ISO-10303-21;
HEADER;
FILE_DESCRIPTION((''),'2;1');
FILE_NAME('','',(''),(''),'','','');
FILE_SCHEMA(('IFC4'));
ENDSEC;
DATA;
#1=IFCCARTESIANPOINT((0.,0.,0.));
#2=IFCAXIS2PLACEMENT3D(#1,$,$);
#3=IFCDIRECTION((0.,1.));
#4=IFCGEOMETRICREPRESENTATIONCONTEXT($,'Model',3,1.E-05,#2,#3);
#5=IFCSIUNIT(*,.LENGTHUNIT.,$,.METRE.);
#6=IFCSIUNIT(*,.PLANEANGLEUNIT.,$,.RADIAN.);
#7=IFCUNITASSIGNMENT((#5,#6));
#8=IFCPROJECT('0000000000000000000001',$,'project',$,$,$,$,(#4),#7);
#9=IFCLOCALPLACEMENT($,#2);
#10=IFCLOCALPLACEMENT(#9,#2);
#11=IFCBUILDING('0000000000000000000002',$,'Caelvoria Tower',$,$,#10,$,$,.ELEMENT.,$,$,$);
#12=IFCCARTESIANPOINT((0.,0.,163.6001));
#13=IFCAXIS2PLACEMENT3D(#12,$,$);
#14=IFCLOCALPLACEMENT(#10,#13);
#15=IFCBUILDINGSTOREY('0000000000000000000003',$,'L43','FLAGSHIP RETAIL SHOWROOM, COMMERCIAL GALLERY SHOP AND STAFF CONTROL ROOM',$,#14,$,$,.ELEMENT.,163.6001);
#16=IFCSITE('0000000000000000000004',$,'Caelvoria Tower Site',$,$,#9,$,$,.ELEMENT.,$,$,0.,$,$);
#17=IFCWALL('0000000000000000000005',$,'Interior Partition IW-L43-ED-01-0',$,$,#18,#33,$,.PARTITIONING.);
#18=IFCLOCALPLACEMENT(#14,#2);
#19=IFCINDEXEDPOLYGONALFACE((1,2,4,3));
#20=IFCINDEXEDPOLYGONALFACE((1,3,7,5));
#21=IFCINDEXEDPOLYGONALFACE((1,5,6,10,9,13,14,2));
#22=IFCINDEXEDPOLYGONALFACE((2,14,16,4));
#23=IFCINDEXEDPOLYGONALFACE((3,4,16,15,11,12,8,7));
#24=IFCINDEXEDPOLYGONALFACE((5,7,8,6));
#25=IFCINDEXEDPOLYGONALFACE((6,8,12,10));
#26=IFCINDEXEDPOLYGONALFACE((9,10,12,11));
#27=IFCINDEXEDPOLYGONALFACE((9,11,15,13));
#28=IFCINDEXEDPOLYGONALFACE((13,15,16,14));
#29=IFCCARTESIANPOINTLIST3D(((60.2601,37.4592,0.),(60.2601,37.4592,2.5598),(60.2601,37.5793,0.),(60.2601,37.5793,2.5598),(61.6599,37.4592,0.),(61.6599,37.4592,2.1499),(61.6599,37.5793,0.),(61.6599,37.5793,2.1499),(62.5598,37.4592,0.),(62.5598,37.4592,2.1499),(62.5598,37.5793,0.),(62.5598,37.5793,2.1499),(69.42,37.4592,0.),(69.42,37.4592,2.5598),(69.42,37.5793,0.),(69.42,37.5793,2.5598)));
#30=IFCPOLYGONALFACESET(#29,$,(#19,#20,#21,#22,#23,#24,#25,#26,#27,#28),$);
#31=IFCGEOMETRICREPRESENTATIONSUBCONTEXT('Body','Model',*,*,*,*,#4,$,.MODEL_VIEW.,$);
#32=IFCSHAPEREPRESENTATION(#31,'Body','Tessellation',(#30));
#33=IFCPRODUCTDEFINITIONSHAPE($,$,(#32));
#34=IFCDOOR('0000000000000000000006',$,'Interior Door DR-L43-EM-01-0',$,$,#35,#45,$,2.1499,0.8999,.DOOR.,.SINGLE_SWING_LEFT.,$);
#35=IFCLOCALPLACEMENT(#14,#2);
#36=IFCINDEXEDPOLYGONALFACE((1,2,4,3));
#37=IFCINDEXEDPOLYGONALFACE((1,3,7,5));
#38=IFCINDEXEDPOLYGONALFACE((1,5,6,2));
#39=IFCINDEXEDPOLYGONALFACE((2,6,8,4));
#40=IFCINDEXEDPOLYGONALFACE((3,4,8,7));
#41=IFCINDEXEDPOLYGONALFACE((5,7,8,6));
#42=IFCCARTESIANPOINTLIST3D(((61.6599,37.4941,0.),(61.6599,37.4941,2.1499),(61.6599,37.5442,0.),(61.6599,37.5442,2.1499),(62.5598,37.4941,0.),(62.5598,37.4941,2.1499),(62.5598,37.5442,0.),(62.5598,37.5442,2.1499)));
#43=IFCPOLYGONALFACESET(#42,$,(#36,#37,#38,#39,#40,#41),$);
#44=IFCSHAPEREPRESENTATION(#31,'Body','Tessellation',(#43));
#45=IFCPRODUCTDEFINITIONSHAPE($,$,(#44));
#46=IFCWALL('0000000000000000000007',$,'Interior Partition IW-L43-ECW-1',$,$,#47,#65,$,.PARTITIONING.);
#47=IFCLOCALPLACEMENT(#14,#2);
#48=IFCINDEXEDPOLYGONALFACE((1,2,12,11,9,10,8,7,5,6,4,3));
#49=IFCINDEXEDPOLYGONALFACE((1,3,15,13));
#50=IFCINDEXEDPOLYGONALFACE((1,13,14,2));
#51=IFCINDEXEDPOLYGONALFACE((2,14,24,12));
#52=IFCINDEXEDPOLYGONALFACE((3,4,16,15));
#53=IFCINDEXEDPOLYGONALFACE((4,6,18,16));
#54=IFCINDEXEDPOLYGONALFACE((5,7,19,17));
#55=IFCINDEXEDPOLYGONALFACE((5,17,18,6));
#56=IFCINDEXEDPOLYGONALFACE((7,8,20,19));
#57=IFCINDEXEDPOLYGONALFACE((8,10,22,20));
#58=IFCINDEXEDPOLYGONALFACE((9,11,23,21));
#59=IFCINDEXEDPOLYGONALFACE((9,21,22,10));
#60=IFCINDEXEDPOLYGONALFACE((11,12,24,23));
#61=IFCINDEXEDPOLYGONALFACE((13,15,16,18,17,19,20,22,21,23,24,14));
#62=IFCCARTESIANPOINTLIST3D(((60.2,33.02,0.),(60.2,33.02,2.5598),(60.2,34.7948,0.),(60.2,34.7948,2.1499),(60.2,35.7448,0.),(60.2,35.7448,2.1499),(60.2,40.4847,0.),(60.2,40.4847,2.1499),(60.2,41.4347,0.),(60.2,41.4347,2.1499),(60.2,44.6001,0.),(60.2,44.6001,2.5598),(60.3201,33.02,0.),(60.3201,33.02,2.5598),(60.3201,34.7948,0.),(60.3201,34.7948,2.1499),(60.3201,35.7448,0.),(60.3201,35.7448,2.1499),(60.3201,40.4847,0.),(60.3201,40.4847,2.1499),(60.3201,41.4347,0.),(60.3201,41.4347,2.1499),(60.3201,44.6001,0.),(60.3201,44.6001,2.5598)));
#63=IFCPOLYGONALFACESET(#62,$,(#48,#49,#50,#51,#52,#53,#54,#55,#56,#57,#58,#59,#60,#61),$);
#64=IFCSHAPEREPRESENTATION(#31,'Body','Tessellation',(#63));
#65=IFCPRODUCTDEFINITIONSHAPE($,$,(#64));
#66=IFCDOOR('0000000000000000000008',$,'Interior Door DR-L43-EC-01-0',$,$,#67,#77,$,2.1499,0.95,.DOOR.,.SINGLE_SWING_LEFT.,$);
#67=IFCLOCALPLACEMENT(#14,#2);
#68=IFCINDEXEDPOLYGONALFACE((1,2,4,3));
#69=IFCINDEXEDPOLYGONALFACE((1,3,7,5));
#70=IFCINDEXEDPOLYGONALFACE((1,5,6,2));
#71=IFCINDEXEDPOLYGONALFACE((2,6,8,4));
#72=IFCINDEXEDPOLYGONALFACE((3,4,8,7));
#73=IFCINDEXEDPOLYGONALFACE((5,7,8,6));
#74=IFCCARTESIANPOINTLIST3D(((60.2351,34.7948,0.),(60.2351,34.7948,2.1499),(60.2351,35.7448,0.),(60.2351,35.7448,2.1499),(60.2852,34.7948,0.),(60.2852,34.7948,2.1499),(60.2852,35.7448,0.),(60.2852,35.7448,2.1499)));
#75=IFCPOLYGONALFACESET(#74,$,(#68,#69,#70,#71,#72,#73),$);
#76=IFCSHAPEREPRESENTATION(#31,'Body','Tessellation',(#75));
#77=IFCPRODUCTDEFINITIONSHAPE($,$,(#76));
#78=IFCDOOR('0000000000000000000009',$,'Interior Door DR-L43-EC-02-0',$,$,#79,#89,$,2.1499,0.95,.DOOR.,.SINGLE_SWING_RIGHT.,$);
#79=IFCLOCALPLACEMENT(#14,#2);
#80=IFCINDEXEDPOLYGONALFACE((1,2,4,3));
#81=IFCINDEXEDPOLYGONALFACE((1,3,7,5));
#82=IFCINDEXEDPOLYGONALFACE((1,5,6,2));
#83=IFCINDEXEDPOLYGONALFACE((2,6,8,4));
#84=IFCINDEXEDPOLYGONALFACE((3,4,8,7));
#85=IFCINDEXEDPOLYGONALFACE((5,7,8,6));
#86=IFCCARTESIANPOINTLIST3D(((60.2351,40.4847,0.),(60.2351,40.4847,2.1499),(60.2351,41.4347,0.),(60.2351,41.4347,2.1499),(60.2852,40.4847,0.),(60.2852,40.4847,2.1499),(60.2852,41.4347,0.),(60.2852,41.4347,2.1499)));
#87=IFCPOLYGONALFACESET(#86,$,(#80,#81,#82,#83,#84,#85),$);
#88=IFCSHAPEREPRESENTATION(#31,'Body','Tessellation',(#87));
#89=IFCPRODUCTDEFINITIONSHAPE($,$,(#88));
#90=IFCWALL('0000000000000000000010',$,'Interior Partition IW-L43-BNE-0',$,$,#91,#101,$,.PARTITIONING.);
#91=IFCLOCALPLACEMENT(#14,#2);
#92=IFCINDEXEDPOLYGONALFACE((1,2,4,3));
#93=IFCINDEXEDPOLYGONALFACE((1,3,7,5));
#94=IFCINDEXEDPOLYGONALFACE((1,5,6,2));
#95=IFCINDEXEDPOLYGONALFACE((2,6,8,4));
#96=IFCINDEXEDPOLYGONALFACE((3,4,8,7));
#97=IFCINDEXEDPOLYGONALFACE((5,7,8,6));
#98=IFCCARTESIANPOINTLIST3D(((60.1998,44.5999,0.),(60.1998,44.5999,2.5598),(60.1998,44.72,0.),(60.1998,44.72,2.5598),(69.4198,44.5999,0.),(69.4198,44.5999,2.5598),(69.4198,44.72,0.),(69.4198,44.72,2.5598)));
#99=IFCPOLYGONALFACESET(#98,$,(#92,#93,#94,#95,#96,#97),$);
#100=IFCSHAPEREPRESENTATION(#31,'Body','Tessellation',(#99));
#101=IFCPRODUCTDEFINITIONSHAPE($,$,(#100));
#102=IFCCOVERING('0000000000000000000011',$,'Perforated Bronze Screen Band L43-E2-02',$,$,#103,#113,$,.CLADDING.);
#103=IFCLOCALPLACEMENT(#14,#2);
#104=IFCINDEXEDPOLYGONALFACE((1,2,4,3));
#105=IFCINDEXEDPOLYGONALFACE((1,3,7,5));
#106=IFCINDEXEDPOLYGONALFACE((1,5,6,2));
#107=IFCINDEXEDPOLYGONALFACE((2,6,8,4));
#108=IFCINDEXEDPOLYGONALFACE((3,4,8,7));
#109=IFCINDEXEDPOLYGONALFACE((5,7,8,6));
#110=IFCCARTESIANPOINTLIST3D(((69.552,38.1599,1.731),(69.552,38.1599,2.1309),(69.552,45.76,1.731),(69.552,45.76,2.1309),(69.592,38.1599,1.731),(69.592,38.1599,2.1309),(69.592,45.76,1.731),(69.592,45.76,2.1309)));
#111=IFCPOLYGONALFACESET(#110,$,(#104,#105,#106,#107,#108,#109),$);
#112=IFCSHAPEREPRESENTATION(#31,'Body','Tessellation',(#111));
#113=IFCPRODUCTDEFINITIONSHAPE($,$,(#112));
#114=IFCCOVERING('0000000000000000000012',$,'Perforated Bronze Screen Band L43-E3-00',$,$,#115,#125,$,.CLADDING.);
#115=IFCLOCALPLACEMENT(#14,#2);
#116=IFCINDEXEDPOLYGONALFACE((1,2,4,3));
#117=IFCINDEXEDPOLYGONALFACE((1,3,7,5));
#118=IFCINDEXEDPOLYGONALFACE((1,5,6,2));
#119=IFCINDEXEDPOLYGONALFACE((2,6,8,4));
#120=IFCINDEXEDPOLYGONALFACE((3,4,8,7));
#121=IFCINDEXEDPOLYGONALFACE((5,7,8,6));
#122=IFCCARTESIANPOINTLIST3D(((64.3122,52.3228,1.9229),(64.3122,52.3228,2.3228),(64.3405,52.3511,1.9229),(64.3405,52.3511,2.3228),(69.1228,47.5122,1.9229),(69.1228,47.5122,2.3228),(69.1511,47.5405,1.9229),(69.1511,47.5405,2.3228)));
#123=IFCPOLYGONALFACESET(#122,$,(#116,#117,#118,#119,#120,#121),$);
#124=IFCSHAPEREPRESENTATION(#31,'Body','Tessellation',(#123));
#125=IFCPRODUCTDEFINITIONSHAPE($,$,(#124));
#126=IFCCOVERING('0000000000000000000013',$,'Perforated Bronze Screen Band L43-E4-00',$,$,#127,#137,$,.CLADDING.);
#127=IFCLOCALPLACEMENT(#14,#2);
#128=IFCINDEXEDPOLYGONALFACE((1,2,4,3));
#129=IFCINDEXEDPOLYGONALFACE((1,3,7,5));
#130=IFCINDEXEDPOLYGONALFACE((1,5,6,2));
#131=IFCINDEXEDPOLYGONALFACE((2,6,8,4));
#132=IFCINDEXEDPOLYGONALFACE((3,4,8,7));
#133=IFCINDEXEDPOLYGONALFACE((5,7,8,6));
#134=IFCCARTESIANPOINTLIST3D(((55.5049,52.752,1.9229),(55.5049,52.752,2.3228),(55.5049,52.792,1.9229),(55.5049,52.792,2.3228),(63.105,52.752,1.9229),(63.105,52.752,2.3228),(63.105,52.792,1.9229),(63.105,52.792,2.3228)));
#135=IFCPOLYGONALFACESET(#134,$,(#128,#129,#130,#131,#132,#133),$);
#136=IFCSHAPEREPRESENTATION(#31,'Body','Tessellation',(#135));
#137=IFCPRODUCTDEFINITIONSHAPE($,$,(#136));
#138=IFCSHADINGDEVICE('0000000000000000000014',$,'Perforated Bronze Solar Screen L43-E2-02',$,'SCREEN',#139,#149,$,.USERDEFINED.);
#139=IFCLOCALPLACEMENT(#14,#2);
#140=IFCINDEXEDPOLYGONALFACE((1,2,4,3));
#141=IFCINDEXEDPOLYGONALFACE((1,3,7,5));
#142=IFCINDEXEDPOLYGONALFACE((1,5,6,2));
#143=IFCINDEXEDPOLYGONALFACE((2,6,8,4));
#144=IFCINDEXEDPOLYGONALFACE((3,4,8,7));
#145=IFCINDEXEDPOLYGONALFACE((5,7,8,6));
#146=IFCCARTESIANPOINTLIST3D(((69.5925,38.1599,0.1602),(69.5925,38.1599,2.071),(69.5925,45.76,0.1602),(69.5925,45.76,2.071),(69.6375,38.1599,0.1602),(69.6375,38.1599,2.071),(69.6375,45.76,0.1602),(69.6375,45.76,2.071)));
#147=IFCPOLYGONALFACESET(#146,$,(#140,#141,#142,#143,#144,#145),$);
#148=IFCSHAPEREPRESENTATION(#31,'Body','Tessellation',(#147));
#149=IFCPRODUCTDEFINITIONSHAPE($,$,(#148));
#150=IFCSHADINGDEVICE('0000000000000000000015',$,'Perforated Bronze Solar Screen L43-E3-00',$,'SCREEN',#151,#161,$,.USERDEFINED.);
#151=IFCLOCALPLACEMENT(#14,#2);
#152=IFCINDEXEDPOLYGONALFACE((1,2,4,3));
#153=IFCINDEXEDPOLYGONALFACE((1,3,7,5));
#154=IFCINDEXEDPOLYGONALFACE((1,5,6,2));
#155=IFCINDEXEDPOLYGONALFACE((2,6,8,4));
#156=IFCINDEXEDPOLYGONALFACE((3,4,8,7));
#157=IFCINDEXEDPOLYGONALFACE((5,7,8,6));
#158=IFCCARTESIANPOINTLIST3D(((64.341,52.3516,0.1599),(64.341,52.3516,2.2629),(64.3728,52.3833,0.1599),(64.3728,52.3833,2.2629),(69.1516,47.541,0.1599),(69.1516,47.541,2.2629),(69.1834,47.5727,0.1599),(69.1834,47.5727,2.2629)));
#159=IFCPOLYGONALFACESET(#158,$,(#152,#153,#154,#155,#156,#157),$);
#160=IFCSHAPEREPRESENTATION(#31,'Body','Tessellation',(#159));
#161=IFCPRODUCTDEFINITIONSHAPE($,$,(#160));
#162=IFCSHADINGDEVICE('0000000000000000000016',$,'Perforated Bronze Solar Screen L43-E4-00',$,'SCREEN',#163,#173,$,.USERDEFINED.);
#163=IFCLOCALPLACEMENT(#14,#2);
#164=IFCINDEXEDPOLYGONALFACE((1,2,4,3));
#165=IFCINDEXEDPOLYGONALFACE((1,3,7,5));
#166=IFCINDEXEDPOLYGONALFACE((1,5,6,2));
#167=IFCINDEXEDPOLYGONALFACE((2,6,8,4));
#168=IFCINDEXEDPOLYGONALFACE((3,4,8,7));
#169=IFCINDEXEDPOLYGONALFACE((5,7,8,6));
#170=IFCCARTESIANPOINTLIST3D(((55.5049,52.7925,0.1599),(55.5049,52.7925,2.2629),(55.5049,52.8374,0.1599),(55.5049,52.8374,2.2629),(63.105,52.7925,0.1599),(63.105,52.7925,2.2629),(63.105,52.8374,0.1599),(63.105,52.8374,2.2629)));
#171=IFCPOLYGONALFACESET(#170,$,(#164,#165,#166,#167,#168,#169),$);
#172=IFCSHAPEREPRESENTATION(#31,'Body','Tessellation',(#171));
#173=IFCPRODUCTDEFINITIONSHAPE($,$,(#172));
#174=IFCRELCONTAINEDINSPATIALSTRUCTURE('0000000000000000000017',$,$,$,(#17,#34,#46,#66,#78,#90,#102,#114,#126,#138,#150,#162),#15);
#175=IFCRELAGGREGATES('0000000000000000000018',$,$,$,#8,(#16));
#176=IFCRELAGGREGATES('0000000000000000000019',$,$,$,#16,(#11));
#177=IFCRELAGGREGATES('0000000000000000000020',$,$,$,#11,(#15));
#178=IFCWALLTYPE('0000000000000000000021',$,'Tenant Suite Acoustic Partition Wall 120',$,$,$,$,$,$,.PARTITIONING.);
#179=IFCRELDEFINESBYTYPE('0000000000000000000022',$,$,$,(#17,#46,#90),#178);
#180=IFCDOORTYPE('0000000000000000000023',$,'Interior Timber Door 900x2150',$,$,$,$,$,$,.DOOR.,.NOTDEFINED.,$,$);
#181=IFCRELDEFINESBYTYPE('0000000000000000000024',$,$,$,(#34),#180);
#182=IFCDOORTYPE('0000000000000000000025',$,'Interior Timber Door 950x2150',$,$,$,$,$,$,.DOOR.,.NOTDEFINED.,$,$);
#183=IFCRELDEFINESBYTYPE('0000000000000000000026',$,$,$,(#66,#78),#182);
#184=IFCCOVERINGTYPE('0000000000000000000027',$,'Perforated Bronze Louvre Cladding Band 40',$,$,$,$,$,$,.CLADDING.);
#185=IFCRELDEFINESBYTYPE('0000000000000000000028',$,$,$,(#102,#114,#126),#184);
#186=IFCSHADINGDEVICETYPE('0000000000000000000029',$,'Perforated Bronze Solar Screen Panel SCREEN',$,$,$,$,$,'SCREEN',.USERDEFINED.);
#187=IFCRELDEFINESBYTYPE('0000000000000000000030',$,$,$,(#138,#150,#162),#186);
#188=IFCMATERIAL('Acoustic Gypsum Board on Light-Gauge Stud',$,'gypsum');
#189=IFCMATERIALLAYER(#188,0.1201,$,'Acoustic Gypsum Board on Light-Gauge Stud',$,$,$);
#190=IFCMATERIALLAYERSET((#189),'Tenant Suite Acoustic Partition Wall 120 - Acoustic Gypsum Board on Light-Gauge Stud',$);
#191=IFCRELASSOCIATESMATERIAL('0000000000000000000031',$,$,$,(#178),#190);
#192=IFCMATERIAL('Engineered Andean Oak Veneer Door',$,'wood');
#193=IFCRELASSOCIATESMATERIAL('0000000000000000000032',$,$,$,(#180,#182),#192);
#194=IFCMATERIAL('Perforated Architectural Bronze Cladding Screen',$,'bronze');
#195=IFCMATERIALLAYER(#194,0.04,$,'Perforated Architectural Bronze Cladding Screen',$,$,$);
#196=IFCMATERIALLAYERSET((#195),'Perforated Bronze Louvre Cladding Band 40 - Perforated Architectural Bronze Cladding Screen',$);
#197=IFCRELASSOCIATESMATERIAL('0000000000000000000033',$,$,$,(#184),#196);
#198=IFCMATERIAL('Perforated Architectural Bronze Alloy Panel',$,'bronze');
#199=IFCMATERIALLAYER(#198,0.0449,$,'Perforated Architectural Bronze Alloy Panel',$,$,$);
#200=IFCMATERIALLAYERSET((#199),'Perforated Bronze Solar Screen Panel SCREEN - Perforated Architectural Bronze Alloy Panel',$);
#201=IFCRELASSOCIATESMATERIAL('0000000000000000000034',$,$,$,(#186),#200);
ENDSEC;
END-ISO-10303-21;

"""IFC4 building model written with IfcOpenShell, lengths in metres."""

from ifc_helpers import new_model, si_unit, direction, frame, frame_2d, origin, origin_2d, place, context, subcontext, project, spatial, rectangle, extrude, material, layer, layer_set, type_object, element, fill, save


model = new_model("IFC4")

# Units and contexts
model_context = context("Model", 3, precision=1e-05, world=origin(), true_north=direction((0.0, 1.0)))
body_context = subcontext(model_context, "Body", "Model", "MODEL_VIEW")
ifc_project = project(units=[si_unit("LENGTHUNIT", "METRE"), si_unit("PLANEANGLEUNIT", "RADIAN")], contexts=[model_context])

# Site, building, storey
site_placement = place(None, origin())
site = spatial("IfcSite", under=ifc_project, at=site_placement, Name="Caelvoria Tower Site", CompositionType="ELEMENT", RefElevation=0.0)
building_placement = place(site_placement, origin())
building = spatial("IfcBuilding", under=site, at=building_placement, Name="Caelvoria Tower", CompositionType="ELEMENT")
storey_placement = place(building_placement, frame((0.0, 0.0, 163.6001)))
storey = spatial("IfcBuildingStorey", under=building, at=storey_placement, Name="L43", Description="FLAGSHIP RETAIL SHOWROOM, COMMERCIAL GALLERY SHOP AND STAFF CONTROL ROOM", CompositionType="ELEMENT", Elevation=163.6001)

# Wall, opening, door
ifc_material_1 = material(Name="Acoustic Gypsum Board on Light-Gauge Stud", Category="gypsum")
ifc_layer_1 = layer(ifc_material_1, 0.1201, Name="Acoustic Gypsum Board on Light-Gauge Stud")
ifc_layer_set_1 = layer_set([ifc_layer_1], Name="Tenant Suite Acoustic Partition Wall 120 - Acoustic Gypsum Board on Light-Gauge Stud")
wall_type_1 = type_object("IfcWallType", Name="Tenant Suite Acoustic Partition Wall 120", PredefinedType="PARTITIONING", material=ifc_layer_set_1)
wall_1_placement = place(storey_placement, frame((60.26, 37.5193, 0.0), z_axis=(0.0, 0.0, 1.0), x_axis=(1.0, 0.0, 0.0)))
wall_1 = element("IfcWall", 1, at=wall_1_placement, inside=storey, type_object=wall_type_1, Name="Interior Partition IW-L43-ED-01-0", PredefinedType="PARTITIONING", context=body_context, shape_type="SweptSolid", body=[
    extrude(rectangle(XDim=9.1599, YDim=0.1201, at=frame_2d((4.5801, 0.0))), origin(), (0.0, 0.0, 1.0), 2.5598),
])
opening_1_placement = place(wall_1_placement, frame((1.3999, 0.0, 0.0)))
opening_1 = element("IfcOpeningElement", 2, at=opening_1_placement, cuts=wall_1, PredefinedType="OPENING", context=body_context, shape_type="SweptSolid", body=[
    extrude(rectangle(XDim=0.8999, YDim=2.1499, at=frame_2d((0.45, 1.075))), frame((0.0, 0.0701, 0.0), z_axis=(0.0, -1.0, 0.0), x_axis=(1.0, 0.0, 0.0)), (0.0, 0.0, 1.0), 0.1401),
])
ifc_material_2 = material(Name="Engineered Andean Oak Veneer Door", Category="wood")
door_type_1 = type_object("IfcDoorType", Name="Interior Timber Door 900x2150", OperationType="NOTDEFINED", PredefinedType="DOOR", material=ifc_material_2)
door_1_placement = place(opening_1_placement, origin())
door_1 = element("IfcDoor", 3, at=door_1_placement, inside=storey, type_object=door_type_1, Name="Interior Door DR-L43-EM-01-0", OperationType="SINGLE_SWING_LEFT", OverallHeight=2.1499, OverallWidth=0.8999, PredefinedType="DOOR", context=body_context, shape_type="SweptSolid", body=[
    extrude(rectangle(XDim=0.8999, YDim=2.1499, at=frame_2d((0.45, 1.075))), frame((0.0, 0.0249, 0.0), z_axis=(0.0, -1.0, 0.0), x_axis=(1.0, 0.0, 0.0)), (0.0, 0.0, 1.0), 0.05),
])
fill(opening_1, door_1)

# Wall, openings, doors
wall_2_placement = place(storey_placement, frame((60.26, 33.02, 0.0), z_axis=(0.0, 0.0, 1.0), x_axis=(0.0, 1.0, 0.0)))
wall_2 = element("IfcWall", 4, at=wall_2_placement, inside=storey, type_object=wall_type_1, Name="Interior Partition IW-L43-ECW-1", PredefinedType="PARTITIONING", context=body_context, shape_type="SweptSolid", body=[
    extrude(rectangle(XDim=11.5801, YDim=0.1201, at=frame_2d((5.79, 0.0))), origin(), (0.0, 0.0, 1.0), 2.5598),
])
opening_2_placement = place(wall_2_placement, frame((1.7747, 0.0, 0.0)))
opening_2 = element("IfcOpeningElement", 5, at=opening_2_placement, cuts=wall_2, PredefinedType="OPENING", context=body_context, shape_type="SweptSolid", body=[
    extrude(rectangle(XDim=0.95, YDim=2.1499, at=frame_2d((0.4751, 1.075))), frame((0.0, 0.0701, 0.0), z_axis=(0.0, -1.0, 0.0), x_axis=(1.0, 0.0, 0.0)), (0.0, 0.0, 1.0), 0.1401),
])
opening_3_placement = place(wall_2_placement, frame((7.4646, 0.0, 0.0)))
opening_3 = element("IfcOpeningElement", 6, at=opening_3_placement, cuts=wall_2, PredefinedType="OPENING", context=body_context, shape_type="SweptSolid", body=[
    extrude(rectangle(XDim=0.95, YDim=2.1499, at=frame_2d((0.4751, 1.075))), frame((0.0, 0.0701, 0.0), z_axis=(0.0, -1.0, 0.0), x_axis=(1.0, 0.0, 0.0)), (0.0, 0.0, 1.0), 0.1401),
])
door_type_2 = type_object("IfcDoorType", Name="Interior Timber Door 950x2150", OperationType="NOTDEFINED", PredefinedType="DOOR", material=ifc_material_2)
door_2_placement = place(opening_2_placement, origin())
door_2 = element("IfcDoor", 7, at=door_2_placement, inside=storey, type_object=door_type_2, Name="Interior Door DR-L43-EC-01-0", OperationType="SINGLE_SWING_LEFT", OverallHeight=2.1499, OverallWidth=0.95, PredefinedType="DOOR", context=body_context, shape_type="SweptSolid", body=[
    extrude(rectangle(XDim=0.95, YDim=2.1499, at=frame_2d((0.4751, 1.075))), frame((0.0, 0.0249, 0.0), z_axis=(0.0, -1.0, 0.0), x_axis=(1.0, 0.0, 0.0)), (0.0, 0.0, 1.0), 0.05),
])
fill(opening_2, door_2)
door_3_placement = place(opening_3_placement, origin())
door_3 = element("IfcDoor", 8, at=door_3_placement, inside=storey, type_object=door_type_2, Name="Interior Door DR-L43-EC-02-0", OperationType="SINGLE_SWING_RIGHT", OverallHeight=2.1499, OverallWidth=0.95, PredefinedType="DOOR", context=body_context, shape_type="SweptSolid", body=[
    extrude(rectangle(XDim=0.95, YDim=2.1499, at=frame_2d((0.4751, 1.075))), frame((0.0, 0.0249, 0.0), z_axis=(0.0, -1.0, 0.0), x_axis=(1.0, 0.0, 0.0)), (0.0, 0.0, 1.0), 0.05),
])
fill(opening_3, door_3)

# Wall
wall_3_placement = place(storey_placement, frame((60.2, 44.6599, 0.0), z_axis=(0.0, 0.0, 1.0), x_axis=(1.0, 0.0, 0.0)))
element("IfcWall", 9, at=wall_3_placement, inside=storey, type_object=wall_type_1, Name="Interior Partition IW-L43-BNE-0", PredefinedType="PARTITIONING", context=body_context, shape_type="SweptSolid", body=[
    extrude(rectangle(XDim=9.22, YDim=0.1201, at=frame_2d((4.6099, 0.0))), origin(), (0.0, 0.0, 1.0), 2.5598),
])

# Coverings
ifc_material_3 = material(Name="Perforated Architectural Bronze Cladding Screen", Category="bronze")
ifc_layer_2 = layer(ifc_material_3, 0.04, Name="Perforated Architectural Bronze Cladding Screen")
ifc_layer_set_2 = layer_set([ifc_layer_2], Name="Perforated Bronze Louvre Cladding Band 40 - Perforated Architectural Bronze Cladding Screen")
covering_type = type_object("IfcCoveringType", Name="Perforated Bronze Louvre Cladding Band 40", PredefinedType="CLADDING", material=ifc_layer_set_2)
covering_1_placement = place(storey_placement, frame((69.572, 41.96, 1.731), z_axis=(0.0, 0.0, 1.0), x_axis=(0.0, 1.0, 0.0)))
element("IfcCovering", 10, at=covering_1_placement, inside=storey, type_object=covering_type, Name="Perforated Bronze Screen Band L43-E2-02", PredefinedType="CLADDING", context=body_context, shape_type="SweptSolid", body=[
    extrude(rectangle(XDim=7.6001, YDim=0.04, at=origin_2d()), origin(), (0.0, 0.0, 1.0), 0.3999),
])
covering_2_placement = place(storey_placement, frame((66.7317, 49.9316, 1.9229), z_axis=(0.0, 0.0, 1.0), x_axis=(-0.707107, 0.707107, 0.0)))
element("IfcCovering", 11, at=covering_2_placement, inside=storey, type_object=covering_type, Name="Perforated Bronze Screen Band L43-E3-00", PredefinedType="CLADDING", context=body_context, shape_type="SweptSolid", body=[
    extrude(rectangle(XDim=6.8032, YDim=0.04, at=origin_2d()), origin(), (0.0, 0.0, 1.0), 0.3999),
])
covering_3_placement = place(storey_placement, frame((59.3049, 52.772, 1.9229), z_axis=(0.0, 0.0, 1.0), x_axis=(-1.0, 0.0, 0.0)))
element("IfcCovering", 12, at=covering_3_placement, inside=storey, type_object=covering_type, Name="Perforated Bronze Screen Band L43-E4-00", PredefinedType="CLADDING", context=body_context, shape_type="SweptSolid", body=[
    extrude(rectangle(XDim=7.6001, YDim=0.04, at=origin_2d()), origin(), (0.0, 0.0, 1.0), 0.3999),
])

# Shading devices
ifc_material_4 = material(Name="Perforated Architectural Bronze Alloy Panel", Category="bronze")
ifc_layer_3 = layer(ifc_material_4, 0.0449, Name="Perforated Architectural Bronze Alloy Panel")
ifc_layer_set_3 = layer_set([ifc_layer_3], Name="Perforated Bronze Solar Screen Panel SCREEN - Perforated Architectural Bronze Alloy Panel")
shading_device_type = type_object("IfcShadingDeviceType", Name="Perforated Bronze Solar Screen Panel SCREEN", ElementType="SCREEN", PredefinedType="USERDEFINED", material=ifc_layer_set_3)
shading_device_1_placement = place(storey_placement, frame((69.615, 41.96, 0.1602), z_axis=(0.0, 0.0, 1.0), x_axis=(0.0, 1.0, 0.0)))
element("IfcShadingDevice", 13, at=shading_device_1_placement, inside=storey, type_object=shading_device_type, Name="Perforated Bronze Solar Screen L43-E2-02", ObjectType="SCREEN", PredefinedType="USERDEFINED", context=body_context, shape_type="SweptSolid", body=[
    extrude(rectangle(XDim=7.6001, YDim=0.0449, at=origin_2d()), origin(), (0.0, 0.0, 1.0), 1.9109),
])
shading_device_2_placement = place(storey_placement, frame((66.7622, 49.9622, 0.1599), z_axis=(0.0, 0.0, 1.0), x_axis=(-0.707107, 0.707107, 0.0)))
element("IfcShadingDevice", 14, at=shading_device_2_placement, inside=storey, type_object=shading_device_type, Name="Perforated Bronze Solar Screen L43-E3-00", ObjectType="SCREEN", PredefinedType="USERDEFINED", context=body_context, shape_type="SweptSolid", body=[
    extrude(rectangle(XDim=6.8032, YDim=0.0449, at=origin_2d()), origin(), (0.0, 0.0, 1.0), 2.103),
])
shading_device_3_placement = place(storey_placement, frame((59.3049, 52.8149, 0.1599), z_axis=(0.0, 0.0, 1.0), x_axis=(-1.0, 0.0, 0.0)))
element("IfcShadingDevice", 15, at=shading_device_3_placement, inside=storey, type_object=shading_device_type, Name="Perforated Bronze Solar Screen L43-E4-00", ObjectType="SCREEN", PredefinedType="USERDEFINED", context=body_context, shape_type="SweptSolid", body=[
    extrude(rectangle(XDim=7.6001, YDim=0.0449, at=origin_2d()), origin(), (0.0, 0.0, 1.0), 2.103),
])

save(model, "model.ifc")
